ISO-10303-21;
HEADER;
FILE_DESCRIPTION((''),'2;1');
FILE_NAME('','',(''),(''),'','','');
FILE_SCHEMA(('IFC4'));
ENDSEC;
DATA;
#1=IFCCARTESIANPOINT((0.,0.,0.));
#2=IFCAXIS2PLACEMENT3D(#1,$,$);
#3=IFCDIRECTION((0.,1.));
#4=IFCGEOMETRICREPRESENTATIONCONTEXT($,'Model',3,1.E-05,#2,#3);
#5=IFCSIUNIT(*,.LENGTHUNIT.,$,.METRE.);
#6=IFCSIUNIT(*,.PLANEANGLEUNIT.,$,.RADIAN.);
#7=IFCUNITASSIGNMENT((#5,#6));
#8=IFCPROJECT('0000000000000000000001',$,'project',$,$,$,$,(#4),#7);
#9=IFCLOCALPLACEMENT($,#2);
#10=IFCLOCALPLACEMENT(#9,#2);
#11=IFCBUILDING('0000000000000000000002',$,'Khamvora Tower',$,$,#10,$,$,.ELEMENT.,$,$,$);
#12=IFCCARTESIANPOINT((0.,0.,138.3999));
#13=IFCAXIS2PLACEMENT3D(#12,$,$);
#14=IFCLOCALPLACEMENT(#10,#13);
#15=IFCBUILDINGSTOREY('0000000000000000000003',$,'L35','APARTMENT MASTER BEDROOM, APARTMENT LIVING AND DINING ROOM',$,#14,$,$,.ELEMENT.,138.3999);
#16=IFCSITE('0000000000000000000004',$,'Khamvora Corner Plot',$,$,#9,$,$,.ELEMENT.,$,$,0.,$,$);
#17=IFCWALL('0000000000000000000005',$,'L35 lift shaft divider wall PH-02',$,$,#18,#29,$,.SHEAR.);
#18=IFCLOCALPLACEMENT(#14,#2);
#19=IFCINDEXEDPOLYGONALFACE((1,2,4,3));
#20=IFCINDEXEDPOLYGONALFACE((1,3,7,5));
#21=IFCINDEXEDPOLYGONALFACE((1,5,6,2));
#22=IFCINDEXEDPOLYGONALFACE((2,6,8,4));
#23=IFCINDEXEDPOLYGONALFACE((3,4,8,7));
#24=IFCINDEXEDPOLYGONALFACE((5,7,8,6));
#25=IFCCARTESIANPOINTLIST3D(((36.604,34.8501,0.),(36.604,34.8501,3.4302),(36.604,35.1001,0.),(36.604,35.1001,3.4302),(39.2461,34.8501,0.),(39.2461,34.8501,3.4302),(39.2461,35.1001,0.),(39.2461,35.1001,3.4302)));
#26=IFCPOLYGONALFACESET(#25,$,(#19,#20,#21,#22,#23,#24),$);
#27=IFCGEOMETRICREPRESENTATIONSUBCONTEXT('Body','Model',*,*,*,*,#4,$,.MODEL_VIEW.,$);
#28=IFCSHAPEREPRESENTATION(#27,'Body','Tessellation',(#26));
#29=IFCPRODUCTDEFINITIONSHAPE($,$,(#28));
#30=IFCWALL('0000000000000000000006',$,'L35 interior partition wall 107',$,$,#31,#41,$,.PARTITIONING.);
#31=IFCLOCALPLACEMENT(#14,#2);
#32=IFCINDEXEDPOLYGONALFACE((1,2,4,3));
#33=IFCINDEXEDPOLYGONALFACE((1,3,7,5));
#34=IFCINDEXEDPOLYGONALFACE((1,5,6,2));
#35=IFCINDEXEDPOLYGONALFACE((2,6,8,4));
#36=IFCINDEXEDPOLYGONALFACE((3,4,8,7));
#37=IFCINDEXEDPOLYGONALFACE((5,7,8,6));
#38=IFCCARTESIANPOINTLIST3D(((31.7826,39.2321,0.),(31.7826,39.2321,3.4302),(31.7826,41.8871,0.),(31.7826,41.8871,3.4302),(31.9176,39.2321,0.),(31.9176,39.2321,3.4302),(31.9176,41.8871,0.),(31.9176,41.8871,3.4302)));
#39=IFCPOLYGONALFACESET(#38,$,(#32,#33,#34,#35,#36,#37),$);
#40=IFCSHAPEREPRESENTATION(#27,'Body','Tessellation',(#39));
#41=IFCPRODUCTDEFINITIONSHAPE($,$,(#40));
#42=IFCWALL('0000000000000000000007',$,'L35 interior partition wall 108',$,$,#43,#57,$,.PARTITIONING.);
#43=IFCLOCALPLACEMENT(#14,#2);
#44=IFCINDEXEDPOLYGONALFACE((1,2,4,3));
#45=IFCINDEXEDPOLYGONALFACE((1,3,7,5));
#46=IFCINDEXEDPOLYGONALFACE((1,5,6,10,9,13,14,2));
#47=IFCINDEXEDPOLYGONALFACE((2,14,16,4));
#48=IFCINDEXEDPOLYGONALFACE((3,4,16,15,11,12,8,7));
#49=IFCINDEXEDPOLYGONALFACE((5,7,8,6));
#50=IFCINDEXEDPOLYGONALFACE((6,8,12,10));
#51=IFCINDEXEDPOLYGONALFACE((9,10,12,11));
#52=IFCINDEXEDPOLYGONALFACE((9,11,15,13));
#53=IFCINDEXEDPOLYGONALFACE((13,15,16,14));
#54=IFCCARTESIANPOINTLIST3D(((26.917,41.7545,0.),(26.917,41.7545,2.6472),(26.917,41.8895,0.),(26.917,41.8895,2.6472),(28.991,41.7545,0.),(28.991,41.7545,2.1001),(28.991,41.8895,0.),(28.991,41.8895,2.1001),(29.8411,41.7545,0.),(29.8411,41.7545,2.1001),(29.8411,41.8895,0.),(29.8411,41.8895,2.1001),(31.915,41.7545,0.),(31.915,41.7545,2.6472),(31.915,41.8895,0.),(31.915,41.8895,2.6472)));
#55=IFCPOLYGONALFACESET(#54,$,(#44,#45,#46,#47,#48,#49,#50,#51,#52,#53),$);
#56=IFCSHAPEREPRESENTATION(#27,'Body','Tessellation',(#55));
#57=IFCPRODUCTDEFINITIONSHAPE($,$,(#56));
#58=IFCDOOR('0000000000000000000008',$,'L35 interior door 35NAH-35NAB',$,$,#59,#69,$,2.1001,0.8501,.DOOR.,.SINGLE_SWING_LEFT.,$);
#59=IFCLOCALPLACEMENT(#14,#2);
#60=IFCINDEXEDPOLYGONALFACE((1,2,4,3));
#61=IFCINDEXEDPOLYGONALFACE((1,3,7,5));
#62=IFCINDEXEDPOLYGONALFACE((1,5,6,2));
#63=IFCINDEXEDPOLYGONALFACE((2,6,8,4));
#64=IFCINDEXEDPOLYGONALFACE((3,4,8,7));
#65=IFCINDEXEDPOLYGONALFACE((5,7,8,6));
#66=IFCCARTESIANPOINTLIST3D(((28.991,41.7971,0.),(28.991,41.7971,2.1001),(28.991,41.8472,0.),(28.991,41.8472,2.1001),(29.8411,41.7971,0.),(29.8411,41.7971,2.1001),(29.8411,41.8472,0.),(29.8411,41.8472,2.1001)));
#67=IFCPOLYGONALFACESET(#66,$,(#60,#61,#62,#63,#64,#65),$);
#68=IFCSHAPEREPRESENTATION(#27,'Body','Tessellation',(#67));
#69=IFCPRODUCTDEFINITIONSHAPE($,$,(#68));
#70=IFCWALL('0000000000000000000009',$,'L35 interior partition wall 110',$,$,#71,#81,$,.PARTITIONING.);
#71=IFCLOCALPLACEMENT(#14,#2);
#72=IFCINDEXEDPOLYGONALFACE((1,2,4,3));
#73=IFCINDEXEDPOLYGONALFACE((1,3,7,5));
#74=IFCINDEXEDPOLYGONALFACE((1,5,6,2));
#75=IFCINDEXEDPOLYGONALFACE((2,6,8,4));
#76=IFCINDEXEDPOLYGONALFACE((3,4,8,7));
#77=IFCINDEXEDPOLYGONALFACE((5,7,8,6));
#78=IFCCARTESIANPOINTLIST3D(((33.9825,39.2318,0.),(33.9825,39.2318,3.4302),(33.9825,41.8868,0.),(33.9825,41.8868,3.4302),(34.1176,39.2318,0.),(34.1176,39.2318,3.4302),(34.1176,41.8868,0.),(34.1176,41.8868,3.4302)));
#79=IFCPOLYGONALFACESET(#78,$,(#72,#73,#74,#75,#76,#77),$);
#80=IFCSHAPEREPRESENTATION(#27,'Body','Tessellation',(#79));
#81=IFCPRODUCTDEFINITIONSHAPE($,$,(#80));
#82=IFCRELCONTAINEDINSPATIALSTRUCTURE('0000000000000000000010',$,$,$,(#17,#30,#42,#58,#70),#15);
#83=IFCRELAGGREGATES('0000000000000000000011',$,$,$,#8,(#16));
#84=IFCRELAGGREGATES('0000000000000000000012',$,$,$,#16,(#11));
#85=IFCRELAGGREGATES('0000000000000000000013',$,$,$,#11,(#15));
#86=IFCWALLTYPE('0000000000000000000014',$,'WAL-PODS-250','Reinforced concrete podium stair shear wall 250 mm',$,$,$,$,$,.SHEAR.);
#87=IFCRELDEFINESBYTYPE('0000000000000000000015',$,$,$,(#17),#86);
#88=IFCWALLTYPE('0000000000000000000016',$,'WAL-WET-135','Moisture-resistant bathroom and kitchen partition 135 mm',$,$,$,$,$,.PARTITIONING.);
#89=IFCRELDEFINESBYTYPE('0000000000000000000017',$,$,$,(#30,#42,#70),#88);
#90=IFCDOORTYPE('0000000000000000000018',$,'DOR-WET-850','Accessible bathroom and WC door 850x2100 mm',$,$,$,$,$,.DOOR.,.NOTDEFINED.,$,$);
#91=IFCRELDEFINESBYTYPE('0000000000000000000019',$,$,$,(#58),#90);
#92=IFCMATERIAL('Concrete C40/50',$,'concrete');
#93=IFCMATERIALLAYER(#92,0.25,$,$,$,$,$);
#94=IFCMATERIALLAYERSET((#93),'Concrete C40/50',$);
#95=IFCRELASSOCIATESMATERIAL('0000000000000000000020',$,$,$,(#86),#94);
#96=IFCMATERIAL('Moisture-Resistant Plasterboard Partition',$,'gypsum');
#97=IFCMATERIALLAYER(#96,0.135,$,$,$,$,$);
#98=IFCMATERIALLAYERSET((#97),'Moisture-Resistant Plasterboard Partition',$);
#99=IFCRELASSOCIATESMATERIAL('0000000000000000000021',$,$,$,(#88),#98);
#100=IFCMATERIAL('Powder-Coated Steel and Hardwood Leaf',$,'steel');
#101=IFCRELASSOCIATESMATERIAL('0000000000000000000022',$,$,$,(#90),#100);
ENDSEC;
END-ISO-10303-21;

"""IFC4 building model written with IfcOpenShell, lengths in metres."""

from ifc_helpers import new_model, si_unit, direction, frame, frame_2d, origin, place, context, subcontext, project, spatial, rectangle, extrude, material, layer, layer_set, type_object, element, fill, save


model = new_model("IFC4")

# Units and contexts
model_context = context("Model", 3, precision=1e-05, world=origin(), true_north=direction((0.0, 1.0)))
body_context = subcontext(model_context, "Body", "Model", "MODEL_VIEW")
ifc_project = project(units=[si_unit("LENGTHUNIT", "METRE"), si_unit("PLANEANGLEUNIT", "RADIAN")], contexts=[model_context])

# Site, building, storey
site_placement = place(None, origin())
site = spatial("IfcSite", under=ifc_project, at=site_placement, Name="Khamvora Corner Plot", CompositionType="ELEMENT", RefElevation=0.0)
building_placement = place(site_placement, origin())
building = spatial("IfcBuilding", under=site, at=building_placement, Name="Khamvora Tower", CompositionType="ELEMENT")
storey_placement = place(building_placement, frame((0.0, 0.0, 138.3999)))
storey = spatial("IfcBuildingStorey", under=building, at=storey_placement, Name="L35", Description="APARTMENT MASTER BEDROOM, APARTMENT LIVING AND DINING ROOM", CompositionType="ELEMENT", Elevation=138.3999)

# Shared definitions
ifc_material_1 = material(Name="Powder-Coated Steel and Hardwood Leaf", Category="steel")

# Walls
ifc_material_2 = material(Name="Concrete C40/50", Category="concrete")
ifc_layer_1 = layer(ifc_material_2, 0.25)
ifc_layer_set_1 = layer_set([ifc_layer_1], Name="Concrete C40/50")
wall_type_1 = type_object("IfcWallType", Name="WAL-PODS-250", Description="Reinforced concrete podium stair shear wall 250 mm", PredefinedType="SHEAR", material=ifc_layer_set_1)
wall_1_placement = place(storey_placement, frame((36.604, 34.9751, 0.0), z_axis=(0.0, 0.0, 1.0), x_axis=(1.0, 0.0, 0.0)))
element("IfcWall", 1, at=wall_1_placement, inside=storey, type_object=wall_type_1, Name="L35 lift shaft divider wall PH-02", PredefinedType="SHEAR", context=body_context, shape_type="SweptSolid", body=[
    extrude(rectangle(XDim=2.6421, YDim=0.25, at=frame_2d((1.321, 0.0))), origin(), (0.0, 0.0, 1.0), 3.4302),
])
ifc_material_3 = material(Name="Moisture-Resistant Plasterboard Partition", Category="gypsum")
ifc_layer_2 = layer(ifc_material_3, 0.135)
ifc_layer_set_2 = layer_set([ifc_layer_2], Name="Moisture-Resistant Plasterboard Partition")
wall_type_2 = type_object("IfcWallType", Name="WAL-WET-135", Description="Moisture-resistant bathroom and kitchen partition 135 mm", PredefinedType="PARTITIONING", material=ifc_layer_set_2)
wall_2_placement = place(storey_placement, frame((31.8501, 39.2319, 0.0), z_axis=(0.0, 0.0, 1.0), x_axis=(0.0, 1.0, 0.0)))
element("IfcWall", 2, at=wall_2_placement, inside=storey, type_object=wall_type_2, Name="L35 interior partition wall 107", PredefinedType="PARTITIONING", context=body_context, shape_type="SweptSolid", body=[
    extrude(rectangle(XDim=2.655, YDim=0.135, at=frame_2d((1.3276, 0.0))), origin(), (0.0, 0.0, 1.0), 3.4302),
])

# Wall, opening, door
wall_3_placement = place(storey_placement, frame((31.915, 41.822, 0.0), z_axis=(0.0, 0.0, 1.0), x_axis=(-1.0, 0.0, 0.0)))
wall_3 = element("IfcWall", 3, at=wall_3_placement, inside=storey, type_object=wall_type_2, Name="L35 interior partition wall 108", PredefinedType="PARTITIONING", context=body_context, shape_type="SweptSolid", body=[
    extrude(rectangle(XDim=4.998, YDim=0.135, at=frame_2d((2.499, 0.0))), origin(), (0.0, 0.0, 1.0), 2.6472),
])
opening_1_placement = place(wall_3_placement, frame((2.074, 0.0, 0.0)))
opening_1 = element("IfcOpeningElement", 4, at=opening_1_placement, cuts=wall_3, PredefinedType="OPENING", context=body_context, shape_type="SweptSolid", body=[
    extrude(rectangle(XDim=0.8501, YDim=2.1001, at=frame_2d((0.425, 1.05))), frame((0.0, 0.0774, 0.0), z_axis=(0.0, -1.0, 0.0), x_axis=(1.0, 0.0, 0.0)), (0.0, 0.0, 1.0), 0.155),
])
door_type_1 = type_object("IfcDoorType", Name="DOR-WET-850", Description="Accessible bathroom and WC door 850x2100 mm", OperationType="NOTDEFINED", PredefinedType="DOOR", material=ifc_material_1)
door_1_placement = place(opening_1_placement, origin())
door_1 = element("IfcDoor", 5, at=door_1_placement, inside=storey, type_object=door_type_1, Name="L35 interior door 35NAH-35NAB", OperationType="SINGLE_SWING_LEFT", OverallHeight=2.1001, OverallWidth=0.8501, PredefinedType="DOOR", context=body_context, shape_type="SweptSolid", body=[
    extrude(rectangle(XDim=0.8501, YDim=2.1001, at=frame_2d((0.425, 1.05))), frame((0.0, 0.0249, 0.0), z_axis=(0.0, -1.0, 0.0), x_axis=(1.0, 0.0, 0.0)), (0.0, 0.0, 1.0), 0.05),
])
fill(opening_1, door_1)

# Wall
wall_4_placement = place(storey_placement, frame((34.05, 41.887, 0.0), z_axis=(0.0, 0.0, 1.0), x_axis=(0.0, -1.0, 0.0)))
element("IfcWall", 6, at=wall_4_placement, inside=storey, type_object=wall_type_2, Name="L35 interior partition wall 110", PredefinedType="PARTITIONING", context=body_context, shape_type="SweptSolid", body=[
    extrude(rectangle(XDim=2.655, YDim=0.135, at=frame_2d((1.3276, 0.0))), origin(), (0.0, 0.0, 1.0), 3.4302),
])

save(model, "model.ifc")
